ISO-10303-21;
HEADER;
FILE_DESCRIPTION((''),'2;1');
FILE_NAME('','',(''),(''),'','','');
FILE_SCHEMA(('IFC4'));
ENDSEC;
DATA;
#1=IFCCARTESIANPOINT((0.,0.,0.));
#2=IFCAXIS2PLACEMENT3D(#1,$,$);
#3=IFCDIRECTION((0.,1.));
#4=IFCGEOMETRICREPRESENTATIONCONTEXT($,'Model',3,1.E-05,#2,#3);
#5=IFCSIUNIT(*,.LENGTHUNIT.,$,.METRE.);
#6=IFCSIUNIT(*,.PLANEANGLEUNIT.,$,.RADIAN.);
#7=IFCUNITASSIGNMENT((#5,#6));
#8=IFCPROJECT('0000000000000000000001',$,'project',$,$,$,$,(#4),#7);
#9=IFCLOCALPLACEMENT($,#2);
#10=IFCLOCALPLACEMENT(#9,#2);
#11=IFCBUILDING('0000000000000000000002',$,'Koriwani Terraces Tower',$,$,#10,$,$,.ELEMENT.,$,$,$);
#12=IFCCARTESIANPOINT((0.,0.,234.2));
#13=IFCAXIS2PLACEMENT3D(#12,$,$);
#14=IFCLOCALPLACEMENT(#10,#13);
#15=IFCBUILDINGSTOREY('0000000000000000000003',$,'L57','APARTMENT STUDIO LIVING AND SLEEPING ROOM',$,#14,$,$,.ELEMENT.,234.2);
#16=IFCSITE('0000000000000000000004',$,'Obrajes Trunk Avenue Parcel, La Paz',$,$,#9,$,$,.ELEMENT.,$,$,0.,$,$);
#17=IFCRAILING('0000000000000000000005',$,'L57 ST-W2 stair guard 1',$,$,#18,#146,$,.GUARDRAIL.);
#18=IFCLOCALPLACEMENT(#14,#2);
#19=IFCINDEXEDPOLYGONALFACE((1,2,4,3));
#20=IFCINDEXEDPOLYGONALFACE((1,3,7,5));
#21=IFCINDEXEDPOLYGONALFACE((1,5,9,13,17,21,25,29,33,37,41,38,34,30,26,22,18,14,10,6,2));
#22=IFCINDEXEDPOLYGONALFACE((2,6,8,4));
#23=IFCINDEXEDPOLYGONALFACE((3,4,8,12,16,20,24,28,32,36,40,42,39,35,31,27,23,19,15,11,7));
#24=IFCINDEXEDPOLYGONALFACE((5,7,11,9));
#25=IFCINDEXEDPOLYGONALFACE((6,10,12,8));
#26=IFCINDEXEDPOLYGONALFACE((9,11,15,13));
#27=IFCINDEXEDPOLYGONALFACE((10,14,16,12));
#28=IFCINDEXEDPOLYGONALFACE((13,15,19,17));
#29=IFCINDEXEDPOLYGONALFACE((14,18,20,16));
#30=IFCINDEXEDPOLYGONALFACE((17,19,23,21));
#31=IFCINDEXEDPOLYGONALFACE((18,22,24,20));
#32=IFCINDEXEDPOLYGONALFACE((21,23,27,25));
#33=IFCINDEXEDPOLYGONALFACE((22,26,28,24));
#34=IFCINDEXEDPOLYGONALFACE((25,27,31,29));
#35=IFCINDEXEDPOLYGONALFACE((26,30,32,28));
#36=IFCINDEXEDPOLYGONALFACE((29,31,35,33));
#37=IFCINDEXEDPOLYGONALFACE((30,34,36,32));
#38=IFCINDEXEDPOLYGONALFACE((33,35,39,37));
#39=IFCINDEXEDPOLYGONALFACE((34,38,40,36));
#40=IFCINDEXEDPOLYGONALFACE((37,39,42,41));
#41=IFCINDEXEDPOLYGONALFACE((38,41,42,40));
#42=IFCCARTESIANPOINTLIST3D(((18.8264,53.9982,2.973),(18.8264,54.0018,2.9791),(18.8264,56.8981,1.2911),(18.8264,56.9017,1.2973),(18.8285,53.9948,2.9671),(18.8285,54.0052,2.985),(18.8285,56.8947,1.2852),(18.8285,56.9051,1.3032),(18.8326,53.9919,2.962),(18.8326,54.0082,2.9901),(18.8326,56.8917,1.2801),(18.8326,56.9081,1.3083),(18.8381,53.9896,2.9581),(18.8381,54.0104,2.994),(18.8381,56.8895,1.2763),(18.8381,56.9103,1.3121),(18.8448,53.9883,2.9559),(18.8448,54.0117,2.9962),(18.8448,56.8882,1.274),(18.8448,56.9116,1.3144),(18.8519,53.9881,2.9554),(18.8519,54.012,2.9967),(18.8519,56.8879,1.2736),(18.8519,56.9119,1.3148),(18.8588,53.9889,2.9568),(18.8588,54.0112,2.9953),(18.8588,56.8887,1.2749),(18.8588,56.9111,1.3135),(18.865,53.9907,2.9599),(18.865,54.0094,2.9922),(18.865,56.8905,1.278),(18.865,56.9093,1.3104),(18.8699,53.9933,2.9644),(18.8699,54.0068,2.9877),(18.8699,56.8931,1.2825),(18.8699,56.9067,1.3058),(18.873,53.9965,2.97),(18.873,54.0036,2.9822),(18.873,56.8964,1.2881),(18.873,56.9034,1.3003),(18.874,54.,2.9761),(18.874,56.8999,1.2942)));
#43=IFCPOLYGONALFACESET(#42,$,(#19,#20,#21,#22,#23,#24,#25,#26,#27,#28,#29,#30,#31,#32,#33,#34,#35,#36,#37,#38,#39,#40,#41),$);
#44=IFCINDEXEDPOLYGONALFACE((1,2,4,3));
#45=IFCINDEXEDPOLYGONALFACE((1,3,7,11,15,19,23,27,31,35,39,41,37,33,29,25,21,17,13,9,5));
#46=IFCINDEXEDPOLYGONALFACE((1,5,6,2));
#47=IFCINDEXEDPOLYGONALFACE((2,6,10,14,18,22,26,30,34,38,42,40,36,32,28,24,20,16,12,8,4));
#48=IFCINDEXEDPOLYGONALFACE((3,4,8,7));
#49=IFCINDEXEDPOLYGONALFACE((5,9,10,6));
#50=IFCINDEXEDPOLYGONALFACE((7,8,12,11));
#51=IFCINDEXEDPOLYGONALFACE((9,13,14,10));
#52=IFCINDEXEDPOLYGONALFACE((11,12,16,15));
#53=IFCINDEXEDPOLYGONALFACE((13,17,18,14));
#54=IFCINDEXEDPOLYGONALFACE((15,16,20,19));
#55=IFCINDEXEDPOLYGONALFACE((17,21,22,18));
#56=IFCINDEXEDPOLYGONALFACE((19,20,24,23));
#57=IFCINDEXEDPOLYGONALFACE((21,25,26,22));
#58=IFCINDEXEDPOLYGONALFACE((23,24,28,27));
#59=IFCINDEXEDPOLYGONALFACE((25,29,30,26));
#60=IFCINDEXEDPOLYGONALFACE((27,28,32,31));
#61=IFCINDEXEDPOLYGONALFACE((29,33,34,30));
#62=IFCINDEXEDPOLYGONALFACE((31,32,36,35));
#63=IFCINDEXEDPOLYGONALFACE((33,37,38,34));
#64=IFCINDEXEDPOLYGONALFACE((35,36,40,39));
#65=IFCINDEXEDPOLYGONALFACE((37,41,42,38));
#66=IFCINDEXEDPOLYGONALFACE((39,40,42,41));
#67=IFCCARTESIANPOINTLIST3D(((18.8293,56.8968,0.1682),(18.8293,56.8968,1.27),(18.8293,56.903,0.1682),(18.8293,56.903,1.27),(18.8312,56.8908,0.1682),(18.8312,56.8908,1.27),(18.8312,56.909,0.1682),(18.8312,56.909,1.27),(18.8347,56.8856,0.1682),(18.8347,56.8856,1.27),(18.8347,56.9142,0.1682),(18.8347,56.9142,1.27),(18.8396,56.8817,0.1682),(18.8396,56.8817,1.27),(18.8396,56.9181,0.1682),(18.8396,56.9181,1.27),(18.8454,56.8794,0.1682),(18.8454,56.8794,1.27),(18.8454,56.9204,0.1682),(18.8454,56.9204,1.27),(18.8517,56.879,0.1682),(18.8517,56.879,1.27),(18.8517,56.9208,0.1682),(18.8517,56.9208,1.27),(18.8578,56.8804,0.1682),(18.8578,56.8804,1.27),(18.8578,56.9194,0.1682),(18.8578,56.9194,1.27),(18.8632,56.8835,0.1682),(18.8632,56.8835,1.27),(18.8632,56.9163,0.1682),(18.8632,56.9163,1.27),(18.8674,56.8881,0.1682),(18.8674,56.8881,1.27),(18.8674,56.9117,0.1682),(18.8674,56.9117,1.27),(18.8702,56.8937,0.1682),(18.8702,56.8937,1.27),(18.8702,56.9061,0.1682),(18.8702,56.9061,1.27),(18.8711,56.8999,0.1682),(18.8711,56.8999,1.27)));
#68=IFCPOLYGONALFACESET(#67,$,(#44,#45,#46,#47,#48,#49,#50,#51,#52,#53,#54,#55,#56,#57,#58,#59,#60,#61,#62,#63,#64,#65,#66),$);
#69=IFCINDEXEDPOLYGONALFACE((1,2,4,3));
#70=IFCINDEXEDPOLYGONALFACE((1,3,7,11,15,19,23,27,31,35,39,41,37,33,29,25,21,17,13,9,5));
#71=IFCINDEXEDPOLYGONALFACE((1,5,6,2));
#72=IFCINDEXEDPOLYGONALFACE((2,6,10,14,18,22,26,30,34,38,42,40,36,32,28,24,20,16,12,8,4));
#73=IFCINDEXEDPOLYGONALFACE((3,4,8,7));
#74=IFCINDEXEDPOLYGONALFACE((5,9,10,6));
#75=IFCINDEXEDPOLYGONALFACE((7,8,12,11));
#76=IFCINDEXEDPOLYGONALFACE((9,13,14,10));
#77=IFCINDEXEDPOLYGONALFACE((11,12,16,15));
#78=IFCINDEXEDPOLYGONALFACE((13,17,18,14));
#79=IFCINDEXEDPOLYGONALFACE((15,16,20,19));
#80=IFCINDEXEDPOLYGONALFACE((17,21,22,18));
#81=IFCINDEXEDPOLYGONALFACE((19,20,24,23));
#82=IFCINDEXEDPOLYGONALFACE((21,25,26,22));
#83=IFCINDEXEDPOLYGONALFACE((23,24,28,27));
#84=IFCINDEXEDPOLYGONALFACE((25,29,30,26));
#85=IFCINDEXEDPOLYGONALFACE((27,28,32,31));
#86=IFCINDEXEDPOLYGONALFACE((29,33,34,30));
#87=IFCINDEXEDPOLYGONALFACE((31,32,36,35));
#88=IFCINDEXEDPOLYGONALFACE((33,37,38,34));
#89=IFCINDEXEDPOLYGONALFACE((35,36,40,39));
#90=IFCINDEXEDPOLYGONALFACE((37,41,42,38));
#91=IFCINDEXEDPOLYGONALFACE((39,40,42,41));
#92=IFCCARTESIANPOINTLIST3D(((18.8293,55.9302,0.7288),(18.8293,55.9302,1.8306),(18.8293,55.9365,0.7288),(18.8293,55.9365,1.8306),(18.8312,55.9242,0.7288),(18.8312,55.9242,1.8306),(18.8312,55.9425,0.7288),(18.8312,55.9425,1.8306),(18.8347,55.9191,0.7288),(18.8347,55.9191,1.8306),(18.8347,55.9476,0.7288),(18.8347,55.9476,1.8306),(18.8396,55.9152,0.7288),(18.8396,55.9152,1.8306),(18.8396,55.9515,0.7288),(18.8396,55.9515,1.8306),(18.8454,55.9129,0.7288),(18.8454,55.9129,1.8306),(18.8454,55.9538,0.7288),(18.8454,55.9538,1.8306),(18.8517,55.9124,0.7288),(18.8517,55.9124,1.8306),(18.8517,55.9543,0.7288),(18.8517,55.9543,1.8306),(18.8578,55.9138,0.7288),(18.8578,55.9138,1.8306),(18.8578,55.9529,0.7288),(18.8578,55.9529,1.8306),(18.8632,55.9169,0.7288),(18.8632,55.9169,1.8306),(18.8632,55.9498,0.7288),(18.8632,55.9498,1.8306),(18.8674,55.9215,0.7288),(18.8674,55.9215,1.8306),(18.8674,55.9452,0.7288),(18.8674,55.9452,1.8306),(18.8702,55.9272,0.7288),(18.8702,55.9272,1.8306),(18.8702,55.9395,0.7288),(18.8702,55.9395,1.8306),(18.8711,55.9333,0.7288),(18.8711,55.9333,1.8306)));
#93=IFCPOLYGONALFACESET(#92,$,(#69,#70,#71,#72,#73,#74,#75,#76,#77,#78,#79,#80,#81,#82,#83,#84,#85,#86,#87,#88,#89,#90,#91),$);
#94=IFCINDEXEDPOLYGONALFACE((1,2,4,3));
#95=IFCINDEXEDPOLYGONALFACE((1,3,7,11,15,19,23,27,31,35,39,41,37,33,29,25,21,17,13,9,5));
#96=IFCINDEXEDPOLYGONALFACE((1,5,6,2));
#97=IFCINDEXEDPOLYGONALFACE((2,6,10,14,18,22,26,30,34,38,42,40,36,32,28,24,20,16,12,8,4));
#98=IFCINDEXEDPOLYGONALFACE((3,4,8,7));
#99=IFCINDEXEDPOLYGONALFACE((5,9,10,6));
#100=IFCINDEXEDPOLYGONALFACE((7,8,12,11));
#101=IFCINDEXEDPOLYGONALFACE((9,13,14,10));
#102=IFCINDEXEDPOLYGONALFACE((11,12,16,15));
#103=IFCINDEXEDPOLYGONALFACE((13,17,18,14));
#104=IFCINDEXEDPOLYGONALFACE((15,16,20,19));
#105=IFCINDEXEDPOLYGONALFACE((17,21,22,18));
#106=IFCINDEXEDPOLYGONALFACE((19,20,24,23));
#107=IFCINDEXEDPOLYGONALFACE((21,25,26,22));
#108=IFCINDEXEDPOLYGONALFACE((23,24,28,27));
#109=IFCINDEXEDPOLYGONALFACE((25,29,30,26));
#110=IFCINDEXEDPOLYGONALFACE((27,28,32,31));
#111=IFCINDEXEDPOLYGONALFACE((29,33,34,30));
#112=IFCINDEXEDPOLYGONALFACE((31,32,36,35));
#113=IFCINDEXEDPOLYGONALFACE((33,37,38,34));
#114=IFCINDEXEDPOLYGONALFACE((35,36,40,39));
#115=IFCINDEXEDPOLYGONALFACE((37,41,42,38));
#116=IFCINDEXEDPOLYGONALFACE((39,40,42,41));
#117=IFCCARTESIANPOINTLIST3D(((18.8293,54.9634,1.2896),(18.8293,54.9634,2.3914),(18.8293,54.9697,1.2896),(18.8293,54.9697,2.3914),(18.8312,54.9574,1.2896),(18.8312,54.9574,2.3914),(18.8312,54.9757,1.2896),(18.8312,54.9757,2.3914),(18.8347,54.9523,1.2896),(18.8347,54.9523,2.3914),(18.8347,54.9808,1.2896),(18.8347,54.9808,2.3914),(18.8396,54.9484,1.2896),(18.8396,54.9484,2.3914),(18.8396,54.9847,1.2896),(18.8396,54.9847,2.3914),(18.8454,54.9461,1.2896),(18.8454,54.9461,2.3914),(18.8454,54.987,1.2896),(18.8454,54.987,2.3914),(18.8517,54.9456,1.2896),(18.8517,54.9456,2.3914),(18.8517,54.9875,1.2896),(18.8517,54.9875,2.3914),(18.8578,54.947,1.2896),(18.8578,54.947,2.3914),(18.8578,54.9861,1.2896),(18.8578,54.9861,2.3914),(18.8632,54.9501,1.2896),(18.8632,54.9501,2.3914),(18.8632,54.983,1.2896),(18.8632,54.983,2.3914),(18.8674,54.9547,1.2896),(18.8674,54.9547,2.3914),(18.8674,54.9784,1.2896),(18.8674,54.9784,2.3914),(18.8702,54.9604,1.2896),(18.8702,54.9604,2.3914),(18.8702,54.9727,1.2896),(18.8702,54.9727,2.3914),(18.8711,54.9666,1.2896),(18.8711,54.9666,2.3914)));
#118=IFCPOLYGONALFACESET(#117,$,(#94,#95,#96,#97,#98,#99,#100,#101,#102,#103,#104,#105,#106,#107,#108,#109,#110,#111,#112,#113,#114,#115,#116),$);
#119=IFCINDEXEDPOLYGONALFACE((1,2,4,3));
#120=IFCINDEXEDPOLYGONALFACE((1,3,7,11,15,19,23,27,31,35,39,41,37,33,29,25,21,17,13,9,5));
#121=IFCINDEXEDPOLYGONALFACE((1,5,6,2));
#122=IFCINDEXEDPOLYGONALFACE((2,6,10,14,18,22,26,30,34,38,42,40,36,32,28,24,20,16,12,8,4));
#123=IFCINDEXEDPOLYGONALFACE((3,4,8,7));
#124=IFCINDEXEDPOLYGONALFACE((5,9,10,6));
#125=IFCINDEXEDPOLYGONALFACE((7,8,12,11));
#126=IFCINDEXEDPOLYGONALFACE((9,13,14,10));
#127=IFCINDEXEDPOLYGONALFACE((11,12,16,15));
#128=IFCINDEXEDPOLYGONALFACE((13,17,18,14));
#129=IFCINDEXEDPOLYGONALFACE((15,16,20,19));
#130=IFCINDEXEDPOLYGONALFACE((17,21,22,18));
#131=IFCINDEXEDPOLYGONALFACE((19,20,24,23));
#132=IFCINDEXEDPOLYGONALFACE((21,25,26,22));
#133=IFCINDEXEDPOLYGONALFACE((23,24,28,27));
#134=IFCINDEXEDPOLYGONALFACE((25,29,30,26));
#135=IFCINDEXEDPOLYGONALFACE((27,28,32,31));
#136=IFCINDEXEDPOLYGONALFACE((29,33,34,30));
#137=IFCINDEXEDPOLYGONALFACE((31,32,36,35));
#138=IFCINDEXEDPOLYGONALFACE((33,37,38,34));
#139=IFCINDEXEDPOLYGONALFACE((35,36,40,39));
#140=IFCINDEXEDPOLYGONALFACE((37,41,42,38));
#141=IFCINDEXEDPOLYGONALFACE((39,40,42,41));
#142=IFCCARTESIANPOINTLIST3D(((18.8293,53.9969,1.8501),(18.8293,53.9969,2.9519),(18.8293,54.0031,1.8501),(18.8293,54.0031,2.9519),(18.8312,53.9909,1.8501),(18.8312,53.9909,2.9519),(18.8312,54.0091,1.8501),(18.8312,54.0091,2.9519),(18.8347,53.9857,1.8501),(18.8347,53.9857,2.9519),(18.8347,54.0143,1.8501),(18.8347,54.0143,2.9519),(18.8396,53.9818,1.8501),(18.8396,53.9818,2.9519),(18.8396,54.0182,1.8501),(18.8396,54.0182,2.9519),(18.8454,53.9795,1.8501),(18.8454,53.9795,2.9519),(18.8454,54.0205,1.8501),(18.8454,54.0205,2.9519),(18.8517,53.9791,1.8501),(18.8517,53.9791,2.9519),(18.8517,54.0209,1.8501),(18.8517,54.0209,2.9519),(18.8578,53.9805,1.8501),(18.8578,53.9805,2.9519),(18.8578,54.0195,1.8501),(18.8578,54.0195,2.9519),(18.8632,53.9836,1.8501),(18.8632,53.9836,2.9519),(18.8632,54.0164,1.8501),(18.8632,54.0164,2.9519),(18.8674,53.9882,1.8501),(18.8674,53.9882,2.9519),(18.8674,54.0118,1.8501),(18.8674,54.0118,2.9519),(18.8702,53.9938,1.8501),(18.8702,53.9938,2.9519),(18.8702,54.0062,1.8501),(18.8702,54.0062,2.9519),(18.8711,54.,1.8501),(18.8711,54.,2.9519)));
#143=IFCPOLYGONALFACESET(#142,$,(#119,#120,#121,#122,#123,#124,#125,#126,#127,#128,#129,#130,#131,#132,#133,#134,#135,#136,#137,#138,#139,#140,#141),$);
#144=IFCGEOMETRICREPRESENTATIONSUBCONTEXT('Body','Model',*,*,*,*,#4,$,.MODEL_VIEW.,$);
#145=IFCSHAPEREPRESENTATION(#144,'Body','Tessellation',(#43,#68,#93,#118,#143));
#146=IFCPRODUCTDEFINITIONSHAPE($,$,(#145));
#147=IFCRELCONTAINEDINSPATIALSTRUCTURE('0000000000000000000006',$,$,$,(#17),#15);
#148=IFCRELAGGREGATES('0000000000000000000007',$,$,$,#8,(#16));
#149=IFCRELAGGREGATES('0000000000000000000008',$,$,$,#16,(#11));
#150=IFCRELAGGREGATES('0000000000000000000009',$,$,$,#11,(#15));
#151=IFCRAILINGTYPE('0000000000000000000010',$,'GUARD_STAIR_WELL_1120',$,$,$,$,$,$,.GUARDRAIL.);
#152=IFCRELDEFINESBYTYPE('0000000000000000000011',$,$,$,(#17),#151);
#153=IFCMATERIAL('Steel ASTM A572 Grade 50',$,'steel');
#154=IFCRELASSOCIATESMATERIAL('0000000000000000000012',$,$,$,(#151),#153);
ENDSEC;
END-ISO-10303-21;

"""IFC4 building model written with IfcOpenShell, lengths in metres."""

from ifc_helpers import new_model, si_unit, direction, frame, origin, origin_2d, place, context, subcontext, project, spatial, circle, extrude, material, type_object, element, save


model = new_model("IFC4")

# Units and contexts
model_context = context("Model", 3, precision=1e-05, world=origin(), true_north=direction((0.0, 1.0)))
body_context = subcontext(model_context, "Body", "Model", "MODEL_VIEW")
ifc_project = project(units=[si_unit("LENGTHUNIT", "METRE"), si_unit("PLANEANGLEUNIT", "RADIAN")], contexts=[model_context])

# Site, building, storey
site_placement = place(None, origin())
site = spatial("IfcSite", under=ifc_project, at=site_placement, Name="Obrajes Trunk Avenue Parcel, La Paz", CompositionType="ELEMENT", RefElevation=0.0)
building_placement = place(site_placement, origin())
building = spatial("IfcBuilding", under=site, at=building_placement, Name="Koriwani Terraces Tower", CompositionType="ELEMENT")
storey_placement = place(building_placement, frame((0.0, 0.0, 234.2)))
storey = spatial("IfcBuildingStorey", under=building, at=storey_placement, Name="L57", Description="APARTMENT STUDIO LIVING AND SLEEPING ROOM", CompositionType="ELEMENT", Elevation=234.2)

# Shared definitions
ifc_material_1 = material(Name="Steel ASTM A572 Grade 50", Category="steel")

# Railing
railing_type_1 = type_object("IfcRailingType", Name="GUARD_STAIR_WELL_1120", PredefinedType="GUARDRAIL", material=ifc_material_1)
railing_1_placement = place(storey_placement, frame((18.8501, 56.8999, 0.1682)))
element("IfcRailing", 1, at=railing_1_placement, inside=storey, type_object=railing_type_1, Name="L57 ST-W2 stair guard 1", PredefinedType="GUARDRAIL", context=body_context, shape_type="SweptSolid", body=[
    extrude(circle(Radius=0.0239, at=origin_2d()), frame((0.0, 0.0, 1.126), z_axis=(0.0, -0.865039, 0.501705), x_axis=(1.0, 0.0, 0.0)), (0.0, 0.0, 1.0), 3.3523),
    extrude(circle(Radius=0.021, at=origin_2d()), origin(), (0.0, 0.0, 1.0), 1.1018),
    extrude(circle(Radius=0.021, at=origin_2d()), frame((0.0, -0.9666, 0.5605)), (0.0, 0.0, 1.0), 1.1018),
    extrude(circle(Radius=0.021, at=origin_2d()), frame((0.0, -1.9333, 1.1213)), (0.0, 0.0, 1.0), 1.1018),
    extrude(circle(Radius=0.021, at=origin_2d()), frame((0.0, -2.8999, 1.6819)), (0.0, 0.0, 1.0), 1.1018),
])

save(model, "model.ifc")
